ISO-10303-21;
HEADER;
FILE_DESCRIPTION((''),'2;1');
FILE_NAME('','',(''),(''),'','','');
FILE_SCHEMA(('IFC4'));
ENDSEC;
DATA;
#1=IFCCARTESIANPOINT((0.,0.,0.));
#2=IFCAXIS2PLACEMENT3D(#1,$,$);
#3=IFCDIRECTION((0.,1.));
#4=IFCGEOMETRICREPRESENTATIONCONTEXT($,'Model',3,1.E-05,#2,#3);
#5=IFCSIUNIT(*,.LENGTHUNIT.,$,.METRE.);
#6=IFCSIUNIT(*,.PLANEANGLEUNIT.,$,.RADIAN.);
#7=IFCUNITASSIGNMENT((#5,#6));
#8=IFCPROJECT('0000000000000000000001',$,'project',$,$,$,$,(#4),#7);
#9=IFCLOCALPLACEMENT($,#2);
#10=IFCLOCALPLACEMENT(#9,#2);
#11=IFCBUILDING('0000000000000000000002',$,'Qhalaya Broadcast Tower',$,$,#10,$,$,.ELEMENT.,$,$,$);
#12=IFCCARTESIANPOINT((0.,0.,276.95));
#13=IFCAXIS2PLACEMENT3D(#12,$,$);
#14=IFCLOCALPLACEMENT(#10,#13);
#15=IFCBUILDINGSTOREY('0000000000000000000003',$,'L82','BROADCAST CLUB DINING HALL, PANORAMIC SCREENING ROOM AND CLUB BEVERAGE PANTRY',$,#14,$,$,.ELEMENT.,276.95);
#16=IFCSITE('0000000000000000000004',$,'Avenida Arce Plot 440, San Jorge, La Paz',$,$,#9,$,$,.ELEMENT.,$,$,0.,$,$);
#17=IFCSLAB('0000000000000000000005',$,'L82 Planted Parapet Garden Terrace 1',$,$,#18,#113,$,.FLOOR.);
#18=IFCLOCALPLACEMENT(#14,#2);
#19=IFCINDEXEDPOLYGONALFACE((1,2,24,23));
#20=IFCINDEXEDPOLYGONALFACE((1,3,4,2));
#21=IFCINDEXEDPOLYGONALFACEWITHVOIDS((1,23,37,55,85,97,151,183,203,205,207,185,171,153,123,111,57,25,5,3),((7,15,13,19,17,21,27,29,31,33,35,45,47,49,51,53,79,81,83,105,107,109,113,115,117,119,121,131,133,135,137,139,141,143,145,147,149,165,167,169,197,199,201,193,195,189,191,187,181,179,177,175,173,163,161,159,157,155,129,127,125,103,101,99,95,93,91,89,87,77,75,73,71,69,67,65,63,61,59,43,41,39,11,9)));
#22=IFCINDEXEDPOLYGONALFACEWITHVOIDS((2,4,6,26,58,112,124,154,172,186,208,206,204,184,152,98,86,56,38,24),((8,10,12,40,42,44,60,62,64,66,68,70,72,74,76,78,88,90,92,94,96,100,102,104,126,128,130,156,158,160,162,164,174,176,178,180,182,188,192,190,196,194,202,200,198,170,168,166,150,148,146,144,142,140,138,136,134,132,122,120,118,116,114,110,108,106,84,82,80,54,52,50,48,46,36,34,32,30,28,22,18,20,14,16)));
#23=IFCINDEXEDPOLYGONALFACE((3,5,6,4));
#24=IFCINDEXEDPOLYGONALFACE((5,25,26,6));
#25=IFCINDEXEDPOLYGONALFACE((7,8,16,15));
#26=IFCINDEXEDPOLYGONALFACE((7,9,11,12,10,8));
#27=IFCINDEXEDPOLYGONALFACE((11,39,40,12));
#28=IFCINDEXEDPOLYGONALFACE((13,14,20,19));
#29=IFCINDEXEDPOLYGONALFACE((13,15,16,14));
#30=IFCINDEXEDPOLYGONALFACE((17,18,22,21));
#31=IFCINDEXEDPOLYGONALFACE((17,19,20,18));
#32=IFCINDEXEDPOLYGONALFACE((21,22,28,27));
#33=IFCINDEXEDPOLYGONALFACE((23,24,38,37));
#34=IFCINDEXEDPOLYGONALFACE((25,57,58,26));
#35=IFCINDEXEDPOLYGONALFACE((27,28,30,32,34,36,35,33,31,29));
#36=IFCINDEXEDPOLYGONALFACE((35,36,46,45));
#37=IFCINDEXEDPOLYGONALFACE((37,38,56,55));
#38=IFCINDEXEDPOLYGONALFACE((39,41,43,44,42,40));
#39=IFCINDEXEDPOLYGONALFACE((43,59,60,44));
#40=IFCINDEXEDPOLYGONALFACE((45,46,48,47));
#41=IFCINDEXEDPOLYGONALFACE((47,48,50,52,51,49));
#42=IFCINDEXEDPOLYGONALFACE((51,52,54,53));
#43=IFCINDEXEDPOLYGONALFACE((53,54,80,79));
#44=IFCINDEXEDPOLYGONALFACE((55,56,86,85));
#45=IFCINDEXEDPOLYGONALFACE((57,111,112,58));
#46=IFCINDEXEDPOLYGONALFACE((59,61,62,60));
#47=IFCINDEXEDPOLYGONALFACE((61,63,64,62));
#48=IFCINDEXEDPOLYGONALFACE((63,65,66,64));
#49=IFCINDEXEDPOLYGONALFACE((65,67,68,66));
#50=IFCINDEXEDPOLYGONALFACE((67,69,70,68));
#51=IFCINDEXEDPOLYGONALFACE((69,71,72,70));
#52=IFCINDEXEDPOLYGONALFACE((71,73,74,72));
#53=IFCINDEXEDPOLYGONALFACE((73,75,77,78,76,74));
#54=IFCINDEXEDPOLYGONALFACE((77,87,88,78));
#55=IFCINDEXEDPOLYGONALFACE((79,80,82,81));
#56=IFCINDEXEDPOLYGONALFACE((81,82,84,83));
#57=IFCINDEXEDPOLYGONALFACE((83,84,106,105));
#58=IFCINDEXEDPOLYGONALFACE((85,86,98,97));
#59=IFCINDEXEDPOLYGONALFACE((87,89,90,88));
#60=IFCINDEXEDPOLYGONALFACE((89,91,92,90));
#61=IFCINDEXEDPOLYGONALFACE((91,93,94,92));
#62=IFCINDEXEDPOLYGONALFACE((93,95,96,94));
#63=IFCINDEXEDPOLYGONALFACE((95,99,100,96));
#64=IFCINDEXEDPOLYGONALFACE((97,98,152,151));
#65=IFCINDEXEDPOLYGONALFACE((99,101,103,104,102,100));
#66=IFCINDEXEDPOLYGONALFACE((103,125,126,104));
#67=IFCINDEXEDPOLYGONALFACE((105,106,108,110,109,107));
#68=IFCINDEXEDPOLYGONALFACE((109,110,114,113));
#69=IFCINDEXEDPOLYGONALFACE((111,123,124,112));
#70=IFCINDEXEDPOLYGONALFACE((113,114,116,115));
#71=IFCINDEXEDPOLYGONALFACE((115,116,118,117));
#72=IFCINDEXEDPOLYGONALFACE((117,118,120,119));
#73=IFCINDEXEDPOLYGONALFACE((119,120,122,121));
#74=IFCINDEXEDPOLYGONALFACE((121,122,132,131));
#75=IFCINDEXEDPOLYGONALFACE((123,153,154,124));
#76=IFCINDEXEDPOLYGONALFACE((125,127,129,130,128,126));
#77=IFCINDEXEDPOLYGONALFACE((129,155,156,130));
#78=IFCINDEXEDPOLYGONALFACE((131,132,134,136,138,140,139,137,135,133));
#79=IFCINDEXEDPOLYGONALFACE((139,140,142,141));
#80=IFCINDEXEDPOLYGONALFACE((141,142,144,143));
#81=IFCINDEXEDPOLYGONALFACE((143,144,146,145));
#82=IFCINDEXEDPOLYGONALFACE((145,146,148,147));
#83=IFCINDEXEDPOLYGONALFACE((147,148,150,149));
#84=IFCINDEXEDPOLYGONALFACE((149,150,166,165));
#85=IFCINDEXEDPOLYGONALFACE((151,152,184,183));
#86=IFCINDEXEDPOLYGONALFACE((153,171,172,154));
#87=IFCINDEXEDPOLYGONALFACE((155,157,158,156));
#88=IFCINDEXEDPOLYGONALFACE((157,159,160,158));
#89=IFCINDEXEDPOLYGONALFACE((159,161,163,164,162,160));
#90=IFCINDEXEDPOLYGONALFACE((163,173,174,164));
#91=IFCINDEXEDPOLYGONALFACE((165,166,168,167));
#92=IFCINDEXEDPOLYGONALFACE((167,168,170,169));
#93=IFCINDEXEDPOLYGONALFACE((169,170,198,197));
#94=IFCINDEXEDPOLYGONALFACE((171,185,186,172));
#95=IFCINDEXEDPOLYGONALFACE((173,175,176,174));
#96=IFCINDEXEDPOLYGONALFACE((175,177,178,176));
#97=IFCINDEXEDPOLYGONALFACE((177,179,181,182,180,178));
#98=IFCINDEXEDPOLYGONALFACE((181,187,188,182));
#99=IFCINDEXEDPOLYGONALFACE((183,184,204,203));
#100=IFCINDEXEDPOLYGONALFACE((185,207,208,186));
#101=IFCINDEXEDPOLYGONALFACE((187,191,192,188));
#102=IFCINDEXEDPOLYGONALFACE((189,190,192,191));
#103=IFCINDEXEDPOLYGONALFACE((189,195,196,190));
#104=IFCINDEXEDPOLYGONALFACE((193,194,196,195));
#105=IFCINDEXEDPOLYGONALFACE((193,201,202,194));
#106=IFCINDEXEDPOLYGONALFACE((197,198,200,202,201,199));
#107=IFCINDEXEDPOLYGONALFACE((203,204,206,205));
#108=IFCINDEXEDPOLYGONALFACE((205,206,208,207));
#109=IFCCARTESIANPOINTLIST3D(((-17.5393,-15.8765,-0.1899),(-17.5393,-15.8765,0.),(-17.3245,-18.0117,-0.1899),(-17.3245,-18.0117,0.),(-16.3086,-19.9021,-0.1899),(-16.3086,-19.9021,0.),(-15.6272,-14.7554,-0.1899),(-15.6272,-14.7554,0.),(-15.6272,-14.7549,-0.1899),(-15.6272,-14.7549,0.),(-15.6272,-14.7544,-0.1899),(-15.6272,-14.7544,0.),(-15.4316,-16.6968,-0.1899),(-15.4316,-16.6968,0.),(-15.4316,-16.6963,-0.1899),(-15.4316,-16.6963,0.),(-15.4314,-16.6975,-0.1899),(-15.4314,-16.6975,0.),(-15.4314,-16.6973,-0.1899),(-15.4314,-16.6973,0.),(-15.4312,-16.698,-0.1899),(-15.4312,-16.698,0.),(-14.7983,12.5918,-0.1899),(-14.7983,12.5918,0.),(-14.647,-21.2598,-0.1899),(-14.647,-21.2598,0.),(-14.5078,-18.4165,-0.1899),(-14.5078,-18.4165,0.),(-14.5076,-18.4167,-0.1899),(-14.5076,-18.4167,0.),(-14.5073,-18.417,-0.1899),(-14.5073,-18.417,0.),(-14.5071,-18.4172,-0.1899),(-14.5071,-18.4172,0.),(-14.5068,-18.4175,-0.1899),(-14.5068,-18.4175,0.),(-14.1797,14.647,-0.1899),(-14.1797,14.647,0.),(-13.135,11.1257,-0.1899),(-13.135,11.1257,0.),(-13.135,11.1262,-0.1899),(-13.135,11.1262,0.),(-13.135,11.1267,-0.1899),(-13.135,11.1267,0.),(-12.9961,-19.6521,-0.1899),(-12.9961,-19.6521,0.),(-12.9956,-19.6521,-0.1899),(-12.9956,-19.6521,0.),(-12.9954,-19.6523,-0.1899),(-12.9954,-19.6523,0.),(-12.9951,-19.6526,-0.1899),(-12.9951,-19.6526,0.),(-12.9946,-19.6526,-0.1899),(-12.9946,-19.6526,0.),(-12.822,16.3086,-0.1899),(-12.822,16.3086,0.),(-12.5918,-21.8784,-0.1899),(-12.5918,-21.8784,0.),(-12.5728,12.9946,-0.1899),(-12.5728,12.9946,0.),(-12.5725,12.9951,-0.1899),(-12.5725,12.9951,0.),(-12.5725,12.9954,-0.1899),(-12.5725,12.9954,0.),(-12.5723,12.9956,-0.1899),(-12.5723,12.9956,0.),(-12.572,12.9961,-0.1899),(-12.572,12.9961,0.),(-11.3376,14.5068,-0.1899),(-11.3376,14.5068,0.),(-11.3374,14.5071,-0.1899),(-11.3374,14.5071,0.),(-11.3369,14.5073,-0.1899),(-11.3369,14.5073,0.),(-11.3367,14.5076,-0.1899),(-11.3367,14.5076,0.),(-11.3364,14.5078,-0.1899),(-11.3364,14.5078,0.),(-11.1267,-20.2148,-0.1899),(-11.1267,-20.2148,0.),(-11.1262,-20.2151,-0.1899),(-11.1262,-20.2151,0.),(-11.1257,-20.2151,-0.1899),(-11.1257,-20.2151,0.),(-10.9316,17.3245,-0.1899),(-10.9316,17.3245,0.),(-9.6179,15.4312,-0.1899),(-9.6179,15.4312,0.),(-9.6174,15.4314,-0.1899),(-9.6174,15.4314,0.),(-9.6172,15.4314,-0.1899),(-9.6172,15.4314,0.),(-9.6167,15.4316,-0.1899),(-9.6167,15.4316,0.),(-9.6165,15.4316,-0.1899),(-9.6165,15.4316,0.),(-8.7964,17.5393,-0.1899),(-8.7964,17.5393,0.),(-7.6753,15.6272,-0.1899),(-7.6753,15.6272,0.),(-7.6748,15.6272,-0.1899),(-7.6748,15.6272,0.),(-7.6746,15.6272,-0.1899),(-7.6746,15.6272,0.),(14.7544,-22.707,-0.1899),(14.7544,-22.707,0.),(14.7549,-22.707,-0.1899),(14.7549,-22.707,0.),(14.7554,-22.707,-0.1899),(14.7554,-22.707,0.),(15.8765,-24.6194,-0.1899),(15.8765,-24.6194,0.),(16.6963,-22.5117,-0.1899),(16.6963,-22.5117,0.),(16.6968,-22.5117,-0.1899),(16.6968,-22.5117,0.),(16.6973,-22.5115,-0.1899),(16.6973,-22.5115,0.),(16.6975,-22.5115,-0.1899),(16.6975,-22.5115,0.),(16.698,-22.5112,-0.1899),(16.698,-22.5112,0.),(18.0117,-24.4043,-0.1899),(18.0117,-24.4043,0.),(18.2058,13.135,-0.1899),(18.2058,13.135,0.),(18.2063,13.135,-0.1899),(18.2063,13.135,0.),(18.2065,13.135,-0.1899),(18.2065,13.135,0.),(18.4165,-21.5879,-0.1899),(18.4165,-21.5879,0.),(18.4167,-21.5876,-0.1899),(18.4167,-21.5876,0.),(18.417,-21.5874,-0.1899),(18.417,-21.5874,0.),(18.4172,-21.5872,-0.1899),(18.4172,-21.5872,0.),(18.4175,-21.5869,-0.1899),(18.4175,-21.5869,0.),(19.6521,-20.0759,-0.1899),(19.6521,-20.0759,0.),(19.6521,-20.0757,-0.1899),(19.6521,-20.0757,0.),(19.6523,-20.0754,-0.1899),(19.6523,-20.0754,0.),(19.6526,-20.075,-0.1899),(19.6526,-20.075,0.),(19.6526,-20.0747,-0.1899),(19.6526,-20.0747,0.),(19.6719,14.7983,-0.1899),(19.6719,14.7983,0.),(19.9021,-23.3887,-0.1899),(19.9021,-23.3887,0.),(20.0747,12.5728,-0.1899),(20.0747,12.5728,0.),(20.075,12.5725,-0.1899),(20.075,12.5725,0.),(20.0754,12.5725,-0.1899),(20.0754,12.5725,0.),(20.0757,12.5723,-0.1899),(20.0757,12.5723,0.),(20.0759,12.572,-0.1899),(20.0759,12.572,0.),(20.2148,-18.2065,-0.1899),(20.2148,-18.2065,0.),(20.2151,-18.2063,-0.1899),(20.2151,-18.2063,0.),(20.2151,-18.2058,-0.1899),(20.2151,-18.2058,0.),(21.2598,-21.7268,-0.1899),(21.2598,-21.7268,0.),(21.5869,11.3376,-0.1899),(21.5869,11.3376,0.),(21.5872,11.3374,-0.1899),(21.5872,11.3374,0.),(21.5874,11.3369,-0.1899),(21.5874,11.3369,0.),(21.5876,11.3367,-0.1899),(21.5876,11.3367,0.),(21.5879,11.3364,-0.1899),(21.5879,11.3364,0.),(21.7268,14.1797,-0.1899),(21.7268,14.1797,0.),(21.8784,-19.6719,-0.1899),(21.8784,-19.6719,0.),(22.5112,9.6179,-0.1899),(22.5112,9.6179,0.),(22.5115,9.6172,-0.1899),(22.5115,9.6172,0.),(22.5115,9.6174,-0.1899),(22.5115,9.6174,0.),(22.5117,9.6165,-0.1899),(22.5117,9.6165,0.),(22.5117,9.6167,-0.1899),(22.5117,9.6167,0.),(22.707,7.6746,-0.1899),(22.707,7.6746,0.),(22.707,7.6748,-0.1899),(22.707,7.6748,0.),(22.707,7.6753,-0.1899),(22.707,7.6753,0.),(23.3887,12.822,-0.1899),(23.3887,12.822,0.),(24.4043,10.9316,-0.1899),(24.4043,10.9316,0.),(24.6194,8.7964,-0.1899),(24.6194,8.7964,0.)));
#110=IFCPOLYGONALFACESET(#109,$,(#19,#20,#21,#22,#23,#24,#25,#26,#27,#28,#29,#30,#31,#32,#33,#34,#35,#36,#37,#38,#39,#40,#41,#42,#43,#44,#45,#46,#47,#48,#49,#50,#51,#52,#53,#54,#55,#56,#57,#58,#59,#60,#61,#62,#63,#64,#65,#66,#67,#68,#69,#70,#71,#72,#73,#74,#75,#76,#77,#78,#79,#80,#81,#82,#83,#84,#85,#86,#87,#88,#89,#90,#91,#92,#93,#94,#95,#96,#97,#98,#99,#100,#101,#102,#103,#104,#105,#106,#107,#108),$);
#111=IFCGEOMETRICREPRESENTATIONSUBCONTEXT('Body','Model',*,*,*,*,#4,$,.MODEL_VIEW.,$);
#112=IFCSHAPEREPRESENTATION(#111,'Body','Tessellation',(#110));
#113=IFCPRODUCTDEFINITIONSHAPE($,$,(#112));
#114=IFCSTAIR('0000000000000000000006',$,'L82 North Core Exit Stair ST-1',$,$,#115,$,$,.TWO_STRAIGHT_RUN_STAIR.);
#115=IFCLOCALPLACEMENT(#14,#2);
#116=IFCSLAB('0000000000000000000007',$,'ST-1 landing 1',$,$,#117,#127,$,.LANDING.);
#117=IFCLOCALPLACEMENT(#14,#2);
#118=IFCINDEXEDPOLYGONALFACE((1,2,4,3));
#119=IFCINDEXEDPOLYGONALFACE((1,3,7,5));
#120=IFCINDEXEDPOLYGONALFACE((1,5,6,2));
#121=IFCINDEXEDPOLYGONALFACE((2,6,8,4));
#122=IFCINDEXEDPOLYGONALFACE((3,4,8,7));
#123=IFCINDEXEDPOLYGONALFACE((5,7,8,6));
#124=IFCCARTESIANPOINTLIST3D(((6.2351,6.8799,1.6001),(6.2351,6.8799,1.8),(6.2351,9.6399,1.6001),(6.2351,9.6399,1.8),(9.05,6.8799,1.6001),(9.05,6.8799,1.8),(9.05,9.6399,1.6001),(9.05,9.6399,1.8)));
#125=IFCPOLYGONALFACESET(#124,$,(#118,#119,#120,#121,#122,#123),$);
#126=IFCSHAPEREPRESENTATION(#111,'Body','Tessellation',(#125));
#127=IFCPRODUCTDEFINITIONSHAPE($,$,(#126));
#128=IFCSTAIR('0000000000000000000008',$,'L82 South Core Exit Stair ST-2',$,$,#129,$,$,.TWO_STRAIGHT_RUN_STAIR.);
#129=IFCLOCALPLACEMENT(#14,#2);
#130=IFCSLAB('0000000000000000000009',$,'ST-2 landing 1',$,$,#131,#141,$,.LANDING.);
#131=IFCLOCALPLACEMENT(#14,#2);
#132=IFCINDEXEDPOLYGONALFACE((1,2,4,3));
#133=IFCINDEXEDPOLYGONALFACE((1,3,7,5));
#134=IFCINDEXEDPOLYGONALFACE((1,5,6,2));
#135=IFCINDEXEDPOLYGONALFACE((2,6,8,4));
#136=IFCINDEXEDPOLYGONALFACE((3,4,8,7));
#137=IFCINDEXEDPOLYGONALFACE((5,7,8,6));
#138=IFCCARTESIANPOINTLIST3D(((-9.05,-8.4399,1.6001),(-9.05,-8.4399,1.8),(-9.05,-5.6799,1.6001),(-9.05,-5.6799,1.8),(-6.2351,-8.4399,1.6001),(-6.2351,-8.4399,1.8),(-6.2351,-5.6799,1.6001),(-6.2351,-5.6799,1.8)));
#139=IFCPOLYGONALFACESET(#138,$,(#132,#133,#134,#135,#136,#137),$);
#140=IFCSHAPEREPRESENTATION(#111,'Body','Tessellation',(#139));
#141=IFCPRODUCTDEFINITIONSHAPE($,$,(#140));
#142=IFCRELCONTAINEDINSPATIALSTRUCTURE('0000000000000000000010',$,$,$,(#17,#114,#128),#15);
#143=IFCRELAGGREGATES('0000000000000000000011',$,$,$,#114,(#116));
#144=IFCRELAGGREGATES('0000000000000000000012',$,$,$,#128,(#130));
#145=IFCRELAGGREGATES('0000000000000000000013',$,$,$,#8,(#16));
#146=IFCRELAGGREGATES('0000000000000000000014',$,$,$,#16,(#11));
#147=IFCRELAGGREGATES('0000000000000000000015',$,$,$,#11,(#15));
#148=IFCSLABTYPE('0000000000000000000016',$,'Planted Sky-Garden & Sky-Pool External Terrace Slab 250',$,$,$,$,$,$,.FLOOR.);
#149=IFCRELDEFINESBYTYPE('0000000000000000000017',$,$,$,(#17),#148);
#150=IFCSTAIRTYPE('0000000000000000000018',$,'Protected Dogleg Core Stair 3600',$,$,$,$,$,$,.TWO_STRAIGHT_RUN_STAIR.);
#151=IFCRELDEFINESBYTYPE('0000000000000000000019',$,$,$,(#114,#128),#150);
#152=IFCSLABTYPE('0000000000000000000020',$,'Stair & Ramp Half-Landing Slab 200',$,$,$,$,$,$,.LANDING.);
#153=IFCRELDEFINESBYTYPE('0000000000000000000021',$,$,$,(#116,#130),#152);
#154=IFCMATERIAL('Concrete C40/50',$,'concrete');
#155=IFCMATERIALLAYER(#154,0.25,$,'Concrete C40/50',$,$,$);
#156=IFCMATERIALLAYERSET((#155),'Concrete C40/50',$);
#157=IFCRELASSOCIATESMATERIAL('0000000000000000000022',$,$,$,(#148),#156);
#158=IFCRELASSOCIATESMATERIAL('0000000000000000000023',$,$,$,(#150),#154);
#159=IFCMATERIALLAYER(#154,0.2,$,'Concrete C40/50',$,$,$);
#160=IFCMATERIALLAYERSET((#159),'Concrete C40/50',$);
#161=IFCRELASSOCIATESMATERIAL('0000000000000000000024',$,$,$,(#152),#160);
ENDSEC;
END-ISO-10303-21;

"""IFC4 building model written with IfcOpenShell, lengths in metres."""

from ifc_helpers import new_model, si_unit, direction, frame, origin, place, context, subcontext, project, spatial, polyline, outline, extrude, material, layer, layer_set, type_object, element, aggregate, save


model = new_model("IFC4")

# Units and contexts
model_context = context("Model", 3, precision=1e-05, world=origin(), true_north=direction((0.0, 1.0)))
body_context = subcontext(model_context, "Body", "Model", "MODEL_VIEW")
ifc_project = project(units=[si_unit("LENGTHUNIT", "METRE"), si_unit("PLANEANGLEUNIT", "RADIAN")], contexts=[model_context])

# Site, building, storey
site_placement = place(None, origin())
site = spatial("IfcSite", under=ifc_project, at=site_placement, Name="Avenida Arce Plot 440, San Jorge, La Paz", CompositionType="ELEMENT", RefElevation=0.0)
building_placement = place(site_placement, origin())
building = spatial("IfcBuilding", under=site, at=building_placement, Name="Qhalaya Broadcast Tower", CompositionType="ELEMENT")
storey_placement = place(building_placement, frame((0.0, 0.0, 276.95)))
storey = spatial("IfcBuildingStorey", under=building, at=storey_placement, Name="L82", Description="BROADCAST CLUB DINING HALL, PANORAMIC SCREENING ROOM AND CLUB BEVERAGE PANTRY", CompositionType="ELEMENT", Elevation=276.95)

# Slab
ifc_material_1 = material(Name="Concrete C40/50", Category="concrete")
ifc_layer_1 = layer(ifc_material_1, 0.25, Name="Concrete C40/50")
ifc_layer_set_1 = layer_set([ifc_layer_1], Name="Concrete C40/50")
slab_type_1 = type_object("IfcSlabType", Name="Planted Sky-Garden & Sky-Pool External Terrace Slab 250", PredefinedType="FLOOR", material=ifc_layer_set_1)
slab_1_placement = place(storey_placement, frame((0.0, 0.0, -0.1899)))
element("IfcSlab", 1, at=slab_1_placement, inside=storey, type_object=slab_type_1, Name="L82 Planted Parapet Garden Terrace 1", PredefinedType="FLOOR", context=body_context, shape_type="SweptSolid", body=[
    extrude(outline(polyline([(15.8765, -24.6194), (18.0117, -24.4043), (19.9021, -23.3887), (21.2598, -21.7268), (21.8784, -19.6719), (24.6194, 8.7964), (24.4043, 10.9316), (23.3887, 12.822), (21.7268, 14.1797), (19.6719, 14.7983), (-8.7964, 17.5393), (-10.9316, 17.3245), (-12.822, 16.3086), (-14.1797, 14.647), (-14.7983, 12.5918), (-17.5393, -15.8765), (-17.3245, -18.0117), (-16.3086, -19.9021), (-14.647, -21.2598), (-12.5918, -21.8784), (15.8765, -24.6194)]), holes=[polyline([(14.7544, -22.707), (-11.1257, -20.2151), (-11.1262, -20.2151), (-11.1267, -20.2148), (-12.9946, -19.6526), (-12.9951, -19.6526), (-12.9954, -19.6523), (-12.9956, -19.6521), (-12.9961, -19.6521), (-14.5068, -18.4175), (-14.5071, -18.4172), (-14.5073, -18.417), (-14.5076, -18.4167), (-14.5078, -18.4165), (-15.4312, -16.698), (-15.4314, -16.6975), (-15.4314, -16.6973), (-15.4316, -16.6968), (-15.4316, -16.6963), (-15.6272, -14.7554), (-15.6272, -14.7549), (-15.6272, -14.7544), (-13.135, 11.1257), (-13.135, 11.1262), (-13.135, 11.1267), (-12.5728, 12.9946), (-12.5725, 12.9951), (-12.5725, 12.9954), (-12.5723, 12.9956), (-12.572, 12.9961), (-11.3376, 14.5068), (-11.3374, 14.5071), (-11.3369, 14.5073), (-11.3367, 14.5076), (-11.3364, 14.5078), (-9.6179, 15.4312), (-9.6174, 15.4314), (-9.6172, 15.4314), (-9.6167, 15.4316), (-9.6165, 15.4316), (-7.6753, 15.6272), (-7.6748, 15.6272), (-7.6746, 15.6272), (18.2058, 13.135), (18.2063, 13.135), (18.2065, 13.135), (20.0747, 12.5728), (20.075, 12.5725), (20.0754, 12.5725), (20.0757, 12.5723), (20.0759, 12.572), (21.5869, 11.3376), (21.5872, 11.3374), (21.5874, 11.3369), (21.5876, 11.3367), (21.5879, 11.3364), (22.5112, 9.6179), (22.5115, 9.6174), (22.5115, 9.6172), (22.5117, 9.6167), (22.5117, 9.6165), (22.707, 7.6753), (22.707, 7.6748), (22.707, 7.6746), (20.2151, -18.2058), (20.2151, -18.2063), (20.2148, -18.2065), (19.6526, -20.0747), (19.6526, -20.075), (19.6523, -20.0754), (19.6521, -20.0757), (19.6521, -20.0759), (18.4175, -21.5869), (18.4172, -21.5872), (18.417, -21.5874), (18.4167, -21.5876), (18.4165, -21.5879), (16.698, -22.5112), (16.6975, -22.5115), (16.6973, -22.5115), (16.6968, -22.5117), (16.6963, -22.5117), (14.7554, -22.707), (14.7549, -22.707), (14.7544, -22.707)])]), origin(), (0.0, 0.0, 1.0), 0.1899),
])

# Stairs, slabs
stair_type = type_object("IfcStairType", Name="Protected Dogleg Core Stair 3600", PredefinedType="TWO_STRAIGHT_RUN_STAIR", material=ifc_material_1)
stair_1_placement = place(storey_placement, origin())
stair_1 = element("IfcStair", 2, at=stair_1_placement, inside=storey, type_object=stair_type, Name="L82 North Core Exit Stair ST-1", PredefinedType="TWO_STRAIGHT_RUN_STAIR")
ifc_layer_2 = layer(ifc_material_1, 0.2, Name="Concrete C40/50")
ifc_layer_set_2 = layer_set([ifc_layer_2], Name="Concrete C40/50")
slab_type_2 = type_object("IfcSlabType", Name="Stair & Ramp Half-Landing Slab 200", PredefinedType="LANDING", material=ifc_layer_set_2)
slab_2_placement = place(storey_placement, frame((0.0, 0.0, 1.6001)))
slab_2 = element("IfcSlab", 3, at=slab_2_placement, type_object=slab_type_2, Name="ST-1 landing 1", PredefinedType="LANDING", context=body_context, shape_type="SweptSolid", body=[
    extrude(outline(polyline([(6.2351, 6.8799), (9.05, 6.8799), (9.05, 9.6399), (6.2351, 9.6399), (6.2351, 6.8799)])), origin(), (0.0, 0.0, 1.0), 0.2),
])
aggregate(stair_1, [slab_2])
stair_2_placement = place(storey_placement, origin())
stair_2 = element("IfcStair", 4, at=stair_2_placement, inside=storey, type_object=stair_type, Name="L82 South Core Exit Stair ST-2", PredefinedType="TWO_STRAIGHT_RUN_STAIR")
slab_3_placement = place(storey_placement, frame((0.0, 0.0, 1.6001)))
slab_3 = element("IfcSlab", 5, at=slab_3_placement, type_object=slab_type_2, Name="ST-2 landing 1", PredefinedType="LANDING", context=body_context, shape_type="SweptSolid", body=[
    extrude(outline(polyline([(-6.2351, -5.6799), (-9.05, -5.6799), (-9.05, -8.4399), (-6.2351, -8.4399), (-6.2351, -5.6799)])), origin(), (0.0, 0.0, 1.0), 0.2),
])
aggregate(stair_2, [slab_3])

save(model, "model.ifc")
